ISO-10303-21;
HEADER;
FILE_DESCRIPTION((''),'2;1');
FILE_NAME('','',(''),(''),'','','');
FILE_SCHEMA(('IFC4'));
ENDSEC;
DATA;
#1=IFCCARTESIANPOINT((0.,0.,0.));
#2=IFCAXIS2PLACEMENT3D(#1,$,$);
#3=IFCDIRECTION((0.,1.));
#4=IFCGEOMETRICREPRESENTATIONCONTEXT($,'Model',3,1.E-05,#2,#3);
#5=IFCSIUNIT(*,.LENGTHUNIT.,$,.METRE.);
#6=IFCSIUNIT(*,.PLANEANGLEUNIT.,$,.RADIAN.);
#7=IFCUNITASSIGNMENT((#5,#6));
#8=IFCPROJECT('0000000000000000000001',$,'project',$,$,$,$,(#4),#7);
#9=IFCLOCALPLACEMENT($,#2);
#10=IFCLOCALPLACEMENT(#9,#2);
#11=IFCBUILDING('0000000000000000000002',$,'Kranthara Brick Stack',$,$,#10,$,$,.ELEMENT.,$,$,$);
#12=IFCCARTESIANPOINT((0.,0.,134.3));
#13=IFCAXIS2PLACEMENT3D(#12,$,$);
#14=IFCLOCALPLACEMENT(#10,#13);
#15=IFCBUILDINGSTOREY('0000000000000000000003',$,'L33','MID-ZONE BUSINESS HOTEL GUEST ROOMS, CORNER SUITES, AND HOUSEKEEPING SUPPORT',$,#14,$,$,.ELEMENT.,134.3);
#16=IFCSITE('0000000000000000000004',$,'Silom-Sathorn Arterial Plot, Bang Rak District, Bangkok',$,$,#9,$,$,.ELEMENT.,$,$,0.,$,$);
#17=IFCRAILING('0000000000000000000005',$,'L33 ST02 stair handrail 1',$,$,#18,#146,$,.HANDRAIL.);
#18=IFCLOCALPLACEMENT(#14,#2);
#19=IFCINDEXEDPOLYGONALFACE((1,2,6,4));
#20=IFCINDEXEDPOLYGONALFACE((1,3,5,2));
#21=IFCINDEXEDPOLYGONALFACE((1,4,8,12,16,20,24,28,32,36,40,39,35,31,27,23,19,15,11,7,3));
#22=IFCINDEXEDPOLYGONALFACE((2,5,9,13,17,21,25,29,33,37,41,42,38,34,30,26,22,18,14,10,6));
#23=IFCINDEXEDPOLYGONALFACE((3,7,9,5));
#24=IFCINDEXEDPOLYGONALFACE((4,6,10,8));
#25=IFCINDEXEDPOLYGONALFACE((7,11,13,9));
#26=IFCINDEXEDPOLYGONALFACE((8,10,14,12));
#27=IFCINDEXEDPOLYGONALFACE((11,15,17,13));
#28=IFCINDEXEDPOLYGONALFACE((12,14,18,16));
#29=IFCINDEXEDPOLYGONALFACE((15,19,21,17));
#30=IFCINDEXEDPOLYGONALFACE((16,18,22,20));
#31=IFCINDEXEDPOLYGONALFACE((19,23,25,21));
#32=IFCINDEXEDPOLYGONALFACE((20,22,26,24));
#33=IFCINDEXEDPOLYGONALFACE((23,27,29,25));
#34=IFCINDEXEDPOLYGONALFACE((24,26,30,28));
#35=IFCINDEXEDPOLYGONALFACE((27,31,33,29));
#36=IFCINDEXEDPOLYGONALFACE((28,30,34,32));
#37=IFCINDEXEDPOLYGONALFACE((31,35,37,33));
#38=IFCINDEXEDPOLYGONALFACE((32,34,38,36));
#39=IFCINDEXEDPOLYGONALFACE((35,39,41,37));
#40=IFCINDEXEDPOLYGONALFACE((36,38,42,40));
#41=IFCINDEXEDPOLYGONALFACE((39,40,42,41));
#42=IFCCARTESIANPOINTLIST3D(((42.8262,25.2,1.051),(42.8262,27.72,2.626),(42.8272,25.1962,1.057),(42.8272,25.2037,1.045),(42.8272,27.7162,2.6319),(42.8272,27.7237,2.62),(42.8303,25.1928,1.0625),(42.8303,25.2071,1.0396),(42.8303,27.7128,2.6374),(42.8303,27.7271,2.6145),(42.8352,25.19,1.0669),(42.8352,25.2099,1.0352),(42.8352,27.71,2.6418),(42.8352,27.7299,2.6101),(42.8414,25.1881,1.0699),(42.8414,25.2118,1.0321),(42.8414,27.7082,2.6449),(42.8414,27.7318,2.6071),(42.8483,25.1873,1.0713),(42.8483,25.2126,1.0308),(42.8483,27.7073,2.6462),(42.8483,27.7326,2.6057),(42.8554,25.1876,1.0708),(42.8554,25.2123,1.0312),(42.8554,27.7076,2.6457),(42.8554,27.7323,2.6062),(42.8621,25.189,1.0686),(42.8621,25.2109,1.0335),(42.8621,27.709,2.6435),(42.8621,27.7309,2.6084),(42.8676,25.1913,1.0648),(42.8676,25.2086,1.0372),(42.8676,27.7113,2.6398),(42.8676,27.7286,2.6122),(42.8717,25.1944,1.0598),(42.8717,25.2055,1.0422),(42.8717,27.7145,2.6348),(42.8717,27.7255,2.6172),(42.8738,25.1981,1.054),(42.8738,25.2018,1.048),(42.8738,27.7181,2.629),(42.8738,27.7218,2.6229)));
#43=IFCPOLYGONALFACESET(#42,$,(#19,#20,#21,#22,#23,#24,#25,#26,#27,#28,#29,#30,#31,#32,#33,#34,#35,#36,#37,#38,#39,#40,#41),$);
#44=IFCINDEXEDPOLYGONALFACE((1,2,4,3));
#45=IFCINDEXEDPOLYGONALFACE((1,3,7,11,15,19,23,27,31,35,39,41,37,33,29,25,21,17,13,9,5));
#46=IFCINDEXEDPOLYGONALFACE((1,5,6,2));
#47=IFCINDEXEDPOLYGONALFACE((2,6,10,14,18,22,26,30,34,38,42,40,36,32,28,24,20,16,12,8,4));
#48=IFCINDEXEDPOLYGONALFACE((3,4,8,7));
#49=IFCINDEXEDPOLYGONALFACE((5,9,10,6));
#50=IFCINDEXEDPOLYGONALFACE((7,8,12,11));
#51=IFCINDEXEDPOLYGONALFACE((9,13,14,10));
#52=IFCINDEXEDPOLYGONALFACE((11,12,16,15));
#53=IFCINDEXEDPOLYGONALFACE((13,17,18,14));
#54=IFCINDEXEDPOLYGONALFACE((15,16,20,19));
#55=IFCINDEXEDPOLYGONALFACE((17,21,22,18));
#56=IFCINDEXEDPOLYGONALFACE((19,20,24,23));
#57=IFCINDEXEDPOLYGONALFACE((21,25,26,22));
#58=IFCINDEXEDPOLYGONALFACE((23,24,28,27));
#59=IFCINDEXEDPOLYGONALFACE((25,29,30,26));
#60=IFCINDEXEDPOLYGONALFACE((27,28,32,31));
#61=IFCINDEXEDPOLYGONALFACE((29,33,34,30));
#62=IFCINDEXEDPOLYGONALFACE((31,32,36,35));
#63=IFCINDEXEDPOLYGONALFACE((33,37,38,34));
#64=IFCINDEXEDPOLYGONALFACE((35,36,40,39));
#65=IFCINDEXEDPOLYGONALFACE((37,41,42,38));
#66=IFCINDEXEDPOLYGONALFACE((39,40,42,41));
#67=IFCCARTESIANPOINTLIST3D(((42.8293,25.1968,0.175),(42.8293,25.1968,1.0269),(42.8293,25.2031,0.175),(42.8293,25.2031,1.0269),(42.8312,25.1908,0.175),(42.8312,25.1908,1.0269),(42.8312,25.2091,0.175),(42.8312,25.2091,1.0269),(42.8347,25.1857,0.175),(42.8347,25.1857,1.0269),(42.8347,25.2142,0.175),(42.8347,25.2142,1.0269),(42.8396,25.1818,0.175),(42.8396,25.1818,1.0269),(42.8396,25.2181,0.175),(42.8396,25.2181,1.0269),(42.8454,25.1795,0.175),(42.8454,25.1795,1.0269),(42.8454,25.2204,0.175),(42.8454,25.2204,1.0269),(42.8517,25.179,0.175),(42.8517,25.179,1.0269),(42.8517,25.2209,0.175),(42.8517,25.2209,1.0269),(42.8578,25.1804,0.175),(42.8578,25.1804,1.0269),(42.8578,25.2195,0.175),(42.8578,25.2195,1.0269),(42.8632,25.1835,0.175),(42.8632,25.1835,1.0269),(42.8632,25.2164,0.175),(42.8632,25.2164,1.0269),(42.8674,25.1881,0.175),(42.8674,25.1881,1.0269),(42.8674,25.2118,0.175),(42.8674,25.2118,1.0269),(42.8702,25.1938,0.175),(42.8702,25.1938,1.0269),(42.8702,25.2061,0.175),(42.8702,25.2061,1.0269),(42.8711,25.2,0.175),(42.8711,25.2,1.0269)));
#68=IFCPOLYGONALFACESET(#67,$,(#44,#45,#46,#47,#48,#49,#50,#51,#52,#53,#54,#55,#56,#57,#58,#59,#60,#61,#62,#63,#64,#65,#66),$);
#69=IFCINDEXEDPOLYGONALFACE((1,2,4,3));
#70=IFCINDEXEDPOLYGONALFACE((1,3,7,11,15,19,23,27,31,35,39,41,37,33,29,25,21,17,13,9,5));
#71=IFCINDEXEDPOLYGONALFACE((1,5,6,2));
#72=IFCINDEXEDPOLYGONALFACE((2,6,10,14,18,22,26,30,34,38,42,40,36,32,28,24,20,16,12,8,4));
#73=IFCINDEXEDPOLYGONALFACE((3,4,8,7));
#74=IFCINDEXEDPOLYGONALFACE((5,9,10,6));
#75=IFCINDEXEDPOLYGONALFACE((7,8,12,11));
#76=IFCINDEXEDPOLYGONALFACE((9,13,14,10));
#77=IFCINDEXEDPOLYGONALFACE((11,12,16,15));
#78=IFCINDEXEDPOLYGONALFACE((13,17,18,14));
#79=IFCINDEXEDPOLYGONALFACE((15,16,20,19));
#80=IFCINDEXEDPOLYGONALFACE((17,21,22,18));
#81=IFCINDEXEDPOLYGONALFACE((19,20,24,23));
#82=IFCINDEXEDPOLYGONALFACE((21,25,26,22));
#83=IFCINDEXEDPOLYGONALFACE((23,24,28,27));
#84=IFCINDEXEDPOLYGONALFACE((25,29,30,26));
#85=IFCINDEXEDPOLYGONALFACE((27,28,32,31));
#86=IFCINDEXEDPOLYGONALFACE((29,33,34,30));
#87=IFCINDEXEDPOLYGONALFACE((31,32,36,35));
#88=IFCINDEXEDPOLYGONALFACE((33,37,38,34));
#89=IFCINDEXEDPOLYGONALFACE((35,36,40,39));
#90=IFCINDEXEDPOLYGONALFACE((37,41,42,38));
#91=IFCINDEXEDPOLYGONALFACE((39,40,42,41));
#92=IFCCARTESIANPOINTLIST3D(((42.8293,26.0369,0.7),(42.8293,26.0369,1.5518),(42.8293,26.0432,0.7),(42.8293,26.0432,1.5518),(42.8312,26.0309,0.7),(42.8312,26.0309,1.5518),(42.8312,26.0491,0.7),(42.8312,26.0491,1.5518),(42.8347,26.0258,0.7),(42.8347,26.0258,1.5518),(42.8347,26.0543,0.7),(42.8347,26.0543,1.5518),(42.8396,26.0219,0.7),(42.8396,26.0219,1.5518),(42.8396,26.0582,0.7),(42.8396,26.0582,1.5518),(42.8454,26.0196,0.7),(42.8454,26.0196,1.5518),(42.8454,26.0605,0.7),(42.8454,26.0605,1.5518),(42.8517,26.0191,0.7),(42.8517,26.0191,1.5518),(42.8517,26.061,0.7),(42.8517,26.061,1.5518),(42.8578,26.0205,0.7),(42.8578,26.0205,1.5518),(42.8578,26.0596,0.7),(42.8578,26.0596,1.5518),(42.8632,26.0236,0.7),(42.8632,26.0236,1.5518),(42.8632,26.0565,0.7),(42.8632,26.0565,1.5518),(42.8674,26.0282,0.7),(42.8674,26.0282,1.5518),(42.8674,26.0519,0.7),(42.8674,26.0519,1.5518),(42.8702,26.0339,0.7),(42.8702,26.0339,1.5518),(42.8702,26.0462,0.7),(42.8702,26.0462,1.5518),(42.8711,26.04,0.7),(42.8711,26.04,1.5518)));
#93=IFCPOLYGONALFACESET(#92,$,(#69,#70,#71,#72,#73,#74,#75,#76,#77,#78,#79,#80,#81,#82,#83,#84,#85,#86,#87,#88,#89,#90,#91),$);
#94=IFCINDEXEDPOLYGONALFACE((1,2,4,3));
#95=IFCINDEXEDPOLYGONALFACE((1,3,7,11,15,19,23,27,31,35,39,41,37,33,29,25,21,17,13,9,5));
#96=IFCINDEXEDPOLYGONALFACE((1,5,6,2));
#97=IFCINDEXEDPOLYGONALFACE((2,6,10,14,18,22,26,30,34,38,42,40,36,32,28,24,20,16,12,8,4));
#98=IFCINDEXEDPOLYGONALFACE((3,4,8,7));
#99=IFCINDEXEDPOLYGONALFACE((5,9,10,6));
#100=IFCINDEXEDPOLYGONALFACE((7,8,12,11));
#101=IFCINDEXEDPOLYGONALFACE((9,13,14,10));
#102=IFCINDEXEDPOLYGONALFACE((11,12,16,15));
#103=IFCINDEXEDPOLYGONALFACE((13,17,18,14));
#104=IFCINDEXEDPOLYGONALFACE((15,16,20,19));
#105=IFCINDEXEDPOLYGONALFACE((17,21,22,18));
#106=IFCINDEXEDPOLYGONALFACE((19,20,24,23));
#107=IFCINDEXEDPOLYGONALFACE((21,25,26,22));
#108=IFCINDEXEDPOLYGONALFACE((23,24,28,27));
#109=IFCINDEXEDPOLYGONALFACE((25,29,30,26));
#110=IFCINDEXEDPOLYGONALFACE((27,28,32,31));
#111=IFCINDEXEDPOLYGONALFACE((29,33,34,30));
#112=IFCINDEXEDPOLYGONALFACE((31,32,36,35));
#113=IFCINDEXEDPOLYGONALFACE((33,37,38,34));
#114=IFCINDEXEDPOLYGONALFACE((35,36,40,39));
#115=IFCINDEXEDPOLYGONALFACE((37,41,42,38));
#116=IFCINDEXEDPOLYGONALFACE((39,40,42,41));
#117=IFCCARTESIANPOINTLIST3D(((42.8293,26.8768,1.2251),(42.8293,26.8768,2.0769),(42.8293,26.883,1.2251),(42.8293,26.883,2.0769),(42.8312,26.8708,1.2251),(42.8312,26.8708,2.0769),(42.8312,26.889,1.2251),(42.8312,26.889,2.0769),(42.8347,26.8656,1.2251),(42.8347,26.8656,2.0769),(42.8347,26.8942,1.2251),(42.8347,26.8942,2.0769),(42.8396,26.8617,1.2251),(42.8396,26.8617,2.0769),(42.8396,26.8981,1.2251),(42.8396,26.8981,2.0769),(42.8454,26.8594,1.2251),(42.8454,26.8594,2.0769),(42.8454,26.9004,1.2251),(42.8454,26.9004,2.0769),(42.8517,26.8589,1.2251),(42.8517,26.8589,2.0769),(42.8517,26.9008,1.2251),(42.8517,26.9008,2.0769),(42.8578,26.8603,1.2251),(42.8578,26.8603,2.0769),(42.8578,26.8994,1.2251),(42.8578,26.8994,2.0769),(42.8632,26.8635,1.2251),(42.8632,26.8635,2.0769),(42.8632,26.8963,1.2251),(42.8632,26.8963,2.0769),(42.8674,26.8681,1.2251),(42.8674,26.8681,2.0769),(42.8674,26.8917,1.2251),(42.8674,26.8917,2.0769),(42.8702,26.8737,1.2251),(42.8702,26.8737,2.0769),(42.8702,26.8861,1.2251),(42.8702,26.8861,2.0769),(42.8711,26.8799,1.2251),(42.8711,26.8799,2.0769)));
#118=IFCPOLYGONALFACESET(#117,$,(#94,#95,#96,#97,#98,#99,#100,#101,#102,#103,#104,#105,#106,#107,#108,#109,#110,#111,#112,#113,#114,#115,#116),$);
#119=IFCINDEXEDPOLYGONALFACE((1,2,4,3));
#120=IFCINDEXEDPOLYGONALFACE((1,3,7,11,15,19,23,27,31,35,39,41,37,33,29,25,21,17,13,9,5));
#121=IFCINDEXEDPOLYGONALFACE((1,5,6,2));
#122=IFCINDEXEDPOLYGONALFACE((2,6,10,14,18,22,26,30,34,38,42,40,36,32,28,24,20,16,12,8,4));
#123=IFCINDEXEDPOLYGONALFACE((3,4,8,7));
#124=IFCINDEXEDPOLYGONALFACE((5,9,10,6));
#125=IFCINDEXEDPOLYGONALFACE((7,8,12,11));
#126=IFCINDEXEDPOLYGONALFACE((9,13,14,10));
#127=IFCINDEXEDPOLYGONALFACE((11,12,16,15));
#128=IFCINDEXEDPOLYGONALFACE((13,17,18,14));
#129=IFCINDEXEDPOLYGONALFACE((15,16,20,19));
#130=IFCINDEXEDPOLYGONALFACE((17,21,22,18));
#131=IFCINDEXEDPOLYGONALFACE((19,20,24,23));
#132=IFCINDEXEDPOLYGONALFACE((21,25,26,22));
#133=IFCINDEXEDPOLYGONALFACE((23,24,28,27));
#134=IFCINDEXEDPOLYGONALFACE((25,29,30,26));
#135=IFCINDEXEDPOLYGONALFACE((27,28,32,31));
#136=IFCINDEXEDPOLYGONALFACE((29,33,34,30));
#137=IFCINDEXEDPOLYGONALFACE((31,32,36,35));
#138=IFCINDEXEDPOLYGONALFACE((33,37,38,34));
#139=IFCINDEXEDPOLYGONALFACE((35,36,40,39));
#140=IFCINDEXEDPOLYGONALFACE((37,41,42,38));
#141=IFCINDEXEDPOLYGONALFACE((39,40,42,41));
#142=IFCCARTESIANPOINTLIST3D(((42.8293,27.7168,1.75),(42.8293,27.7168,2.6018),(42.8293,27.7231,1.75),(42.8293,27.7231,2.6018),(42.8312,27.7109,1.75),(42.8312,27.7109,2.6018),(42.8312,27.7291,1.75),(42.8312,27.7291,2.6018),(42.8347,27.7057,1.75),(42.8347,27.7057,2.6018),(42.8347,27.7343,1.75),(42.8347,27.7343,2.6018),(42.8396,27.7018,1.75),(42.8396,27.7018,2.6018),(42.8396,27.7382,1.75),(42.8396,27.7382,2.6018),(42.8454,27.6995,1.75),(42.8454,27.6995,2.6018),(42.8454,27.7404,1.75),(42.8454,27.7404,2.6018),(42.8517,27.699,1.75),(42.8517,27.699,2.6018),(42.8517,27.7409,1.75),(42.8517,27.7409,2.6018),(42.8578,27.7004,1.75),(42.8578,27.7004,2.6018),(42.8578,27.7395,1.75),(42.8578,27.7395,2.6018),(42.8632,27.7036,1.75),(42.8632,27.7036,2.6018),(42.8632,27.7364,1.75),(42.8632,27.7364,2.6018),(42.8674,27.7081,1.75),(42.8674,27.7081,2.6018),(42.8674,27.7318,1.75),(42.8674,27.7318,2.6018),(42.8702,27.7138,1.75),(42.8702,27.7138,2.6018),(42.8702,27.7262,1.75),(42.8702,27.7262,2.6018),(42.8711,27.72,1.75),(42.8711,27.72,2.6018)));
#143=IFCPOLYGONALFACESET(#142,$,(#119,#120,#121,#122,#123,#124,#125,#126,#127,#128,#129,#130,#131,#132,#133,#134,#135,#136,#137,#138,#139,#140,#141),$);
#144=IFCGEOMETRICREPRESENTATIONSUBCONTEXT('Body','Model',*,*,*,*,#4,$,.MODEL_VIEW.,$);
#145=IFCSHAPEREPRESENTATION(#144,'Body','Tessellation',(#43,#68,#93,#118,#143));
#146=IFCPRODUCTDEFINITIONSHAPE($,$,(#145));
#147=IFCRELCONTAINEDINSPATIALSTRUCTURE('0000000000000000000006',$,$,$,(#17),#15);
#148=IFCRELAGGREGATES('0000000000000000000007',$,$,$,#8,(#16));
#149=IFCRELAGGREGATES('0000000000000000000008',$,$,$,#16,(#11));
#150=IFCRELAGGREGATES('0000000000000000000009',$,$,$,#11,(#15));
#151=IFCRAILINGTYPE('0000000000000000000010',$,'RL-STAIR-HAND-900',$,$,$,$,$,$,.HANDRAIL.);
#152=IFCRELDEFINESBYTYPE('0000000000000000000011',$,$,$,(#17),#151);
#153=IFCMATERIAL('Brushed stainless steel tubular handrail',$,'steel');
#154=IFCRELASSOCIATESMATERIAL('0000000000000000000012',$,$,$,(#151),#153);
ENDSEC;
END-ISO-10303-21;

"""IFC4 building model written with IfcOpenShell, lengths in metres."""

from ifc_helpers import new_model, si_unit, direction, frame, origin, origin_2d, place, context, subcontext, project, spatial, circle, extrude, material, type_object, element, save


model = new_model("IFC4")

# Units and contexts
model_context = context("Model", 3, precision=1e-05, world=origin(), true_north=direction((0.0, 1.0)))
body_context = subcontext(model_context, "Body", "Model", "MODEL_VIEW")
ifc_project = project(units=[si_unit("LENGTHUNIT", "METRE"), si_unit("PLANEANGLEUNIT", "RADIAN")], contexts=[model_context])

# Site, building, storey
site_placement = place(None, origin())
site = spatial("IfcSite", under=ifc_project, at=site_placement, Name="Silom-Sathorn Arterial Plot, Bang Rak District, Bangkok", CompositionType="ELEMENT", RefElevation=0.0)
building_placement = place(site_placement, origin())
building = spatial("IfcBuilding", under=site, at=building_placement, Name="Kranthara Brick Stack", CompositionType="ELEMENT")
storey_placement = place(building_placement, frame((0.0, 0.0, 134.3)))
storey = spatial("IfcBuildingStorey", under=building, at=storey_placement, Name="L33", Description="MID-ZONE BUSINESS HOTEL GUEST ROOMS, CORNER SUITES, AND HOUSEKEEPING SUPPORT", CompositionType="ELEMENT", Elevation=134.3)

# Railing
ifc_material_1 = material(Name="Brushed stainless steel tubular handrail", Category="steel")
railing_type_1 = type_object("IfcRailingType", Name="RL-STAIR-HAND-900", PredefinedType="HANDRAIL", material=ifc_material_1)
railing_1_placement = place(storey_placement, frame((42.8501, 25.2, 0.175)))
element("IfcRailing", 1, at=railing_1_placement, inside=storey, type_object=railing_type_1, Name="L33 ST02 stair handrail 1", PredefinedType="HANDRAIL", context=body_context, shape_type="SweptSolid", body=[
    extrude(circle(Radius=0.0239, at=origin_2d()), frame((0.0, 0.0, 0.876), z_axis=(0.0, 0.848008, 0.529984), x_axis=(-1.0, 0.0, 0.0)), (0.0, 0.0, 1.0), 2.9717),
    extrude(circle(Radius=0.021, at=origin_2d()), origin(), (0.0, 0.0, 1.0), 0.8518),
    extrude(circle(Radius=0.021, at=origin_2d()), frame((0.0, 0.8401, 0.5249)), (0.0, 0.0, 1.0), 0.8518),
    extrude(circle(Radius=0.021, at=origin_2d()), frame((0.0, 1.6799, 1.05)), (0.0, 0.0, 1.0), 0.8518),
    extrude(circle(Radius=0.021, at=origin_2d()), frame((0.0, 2.52, 1.575)), (0.0, 0.0, 1.0), 0.8518),
])

save(model, "model.ifc")
